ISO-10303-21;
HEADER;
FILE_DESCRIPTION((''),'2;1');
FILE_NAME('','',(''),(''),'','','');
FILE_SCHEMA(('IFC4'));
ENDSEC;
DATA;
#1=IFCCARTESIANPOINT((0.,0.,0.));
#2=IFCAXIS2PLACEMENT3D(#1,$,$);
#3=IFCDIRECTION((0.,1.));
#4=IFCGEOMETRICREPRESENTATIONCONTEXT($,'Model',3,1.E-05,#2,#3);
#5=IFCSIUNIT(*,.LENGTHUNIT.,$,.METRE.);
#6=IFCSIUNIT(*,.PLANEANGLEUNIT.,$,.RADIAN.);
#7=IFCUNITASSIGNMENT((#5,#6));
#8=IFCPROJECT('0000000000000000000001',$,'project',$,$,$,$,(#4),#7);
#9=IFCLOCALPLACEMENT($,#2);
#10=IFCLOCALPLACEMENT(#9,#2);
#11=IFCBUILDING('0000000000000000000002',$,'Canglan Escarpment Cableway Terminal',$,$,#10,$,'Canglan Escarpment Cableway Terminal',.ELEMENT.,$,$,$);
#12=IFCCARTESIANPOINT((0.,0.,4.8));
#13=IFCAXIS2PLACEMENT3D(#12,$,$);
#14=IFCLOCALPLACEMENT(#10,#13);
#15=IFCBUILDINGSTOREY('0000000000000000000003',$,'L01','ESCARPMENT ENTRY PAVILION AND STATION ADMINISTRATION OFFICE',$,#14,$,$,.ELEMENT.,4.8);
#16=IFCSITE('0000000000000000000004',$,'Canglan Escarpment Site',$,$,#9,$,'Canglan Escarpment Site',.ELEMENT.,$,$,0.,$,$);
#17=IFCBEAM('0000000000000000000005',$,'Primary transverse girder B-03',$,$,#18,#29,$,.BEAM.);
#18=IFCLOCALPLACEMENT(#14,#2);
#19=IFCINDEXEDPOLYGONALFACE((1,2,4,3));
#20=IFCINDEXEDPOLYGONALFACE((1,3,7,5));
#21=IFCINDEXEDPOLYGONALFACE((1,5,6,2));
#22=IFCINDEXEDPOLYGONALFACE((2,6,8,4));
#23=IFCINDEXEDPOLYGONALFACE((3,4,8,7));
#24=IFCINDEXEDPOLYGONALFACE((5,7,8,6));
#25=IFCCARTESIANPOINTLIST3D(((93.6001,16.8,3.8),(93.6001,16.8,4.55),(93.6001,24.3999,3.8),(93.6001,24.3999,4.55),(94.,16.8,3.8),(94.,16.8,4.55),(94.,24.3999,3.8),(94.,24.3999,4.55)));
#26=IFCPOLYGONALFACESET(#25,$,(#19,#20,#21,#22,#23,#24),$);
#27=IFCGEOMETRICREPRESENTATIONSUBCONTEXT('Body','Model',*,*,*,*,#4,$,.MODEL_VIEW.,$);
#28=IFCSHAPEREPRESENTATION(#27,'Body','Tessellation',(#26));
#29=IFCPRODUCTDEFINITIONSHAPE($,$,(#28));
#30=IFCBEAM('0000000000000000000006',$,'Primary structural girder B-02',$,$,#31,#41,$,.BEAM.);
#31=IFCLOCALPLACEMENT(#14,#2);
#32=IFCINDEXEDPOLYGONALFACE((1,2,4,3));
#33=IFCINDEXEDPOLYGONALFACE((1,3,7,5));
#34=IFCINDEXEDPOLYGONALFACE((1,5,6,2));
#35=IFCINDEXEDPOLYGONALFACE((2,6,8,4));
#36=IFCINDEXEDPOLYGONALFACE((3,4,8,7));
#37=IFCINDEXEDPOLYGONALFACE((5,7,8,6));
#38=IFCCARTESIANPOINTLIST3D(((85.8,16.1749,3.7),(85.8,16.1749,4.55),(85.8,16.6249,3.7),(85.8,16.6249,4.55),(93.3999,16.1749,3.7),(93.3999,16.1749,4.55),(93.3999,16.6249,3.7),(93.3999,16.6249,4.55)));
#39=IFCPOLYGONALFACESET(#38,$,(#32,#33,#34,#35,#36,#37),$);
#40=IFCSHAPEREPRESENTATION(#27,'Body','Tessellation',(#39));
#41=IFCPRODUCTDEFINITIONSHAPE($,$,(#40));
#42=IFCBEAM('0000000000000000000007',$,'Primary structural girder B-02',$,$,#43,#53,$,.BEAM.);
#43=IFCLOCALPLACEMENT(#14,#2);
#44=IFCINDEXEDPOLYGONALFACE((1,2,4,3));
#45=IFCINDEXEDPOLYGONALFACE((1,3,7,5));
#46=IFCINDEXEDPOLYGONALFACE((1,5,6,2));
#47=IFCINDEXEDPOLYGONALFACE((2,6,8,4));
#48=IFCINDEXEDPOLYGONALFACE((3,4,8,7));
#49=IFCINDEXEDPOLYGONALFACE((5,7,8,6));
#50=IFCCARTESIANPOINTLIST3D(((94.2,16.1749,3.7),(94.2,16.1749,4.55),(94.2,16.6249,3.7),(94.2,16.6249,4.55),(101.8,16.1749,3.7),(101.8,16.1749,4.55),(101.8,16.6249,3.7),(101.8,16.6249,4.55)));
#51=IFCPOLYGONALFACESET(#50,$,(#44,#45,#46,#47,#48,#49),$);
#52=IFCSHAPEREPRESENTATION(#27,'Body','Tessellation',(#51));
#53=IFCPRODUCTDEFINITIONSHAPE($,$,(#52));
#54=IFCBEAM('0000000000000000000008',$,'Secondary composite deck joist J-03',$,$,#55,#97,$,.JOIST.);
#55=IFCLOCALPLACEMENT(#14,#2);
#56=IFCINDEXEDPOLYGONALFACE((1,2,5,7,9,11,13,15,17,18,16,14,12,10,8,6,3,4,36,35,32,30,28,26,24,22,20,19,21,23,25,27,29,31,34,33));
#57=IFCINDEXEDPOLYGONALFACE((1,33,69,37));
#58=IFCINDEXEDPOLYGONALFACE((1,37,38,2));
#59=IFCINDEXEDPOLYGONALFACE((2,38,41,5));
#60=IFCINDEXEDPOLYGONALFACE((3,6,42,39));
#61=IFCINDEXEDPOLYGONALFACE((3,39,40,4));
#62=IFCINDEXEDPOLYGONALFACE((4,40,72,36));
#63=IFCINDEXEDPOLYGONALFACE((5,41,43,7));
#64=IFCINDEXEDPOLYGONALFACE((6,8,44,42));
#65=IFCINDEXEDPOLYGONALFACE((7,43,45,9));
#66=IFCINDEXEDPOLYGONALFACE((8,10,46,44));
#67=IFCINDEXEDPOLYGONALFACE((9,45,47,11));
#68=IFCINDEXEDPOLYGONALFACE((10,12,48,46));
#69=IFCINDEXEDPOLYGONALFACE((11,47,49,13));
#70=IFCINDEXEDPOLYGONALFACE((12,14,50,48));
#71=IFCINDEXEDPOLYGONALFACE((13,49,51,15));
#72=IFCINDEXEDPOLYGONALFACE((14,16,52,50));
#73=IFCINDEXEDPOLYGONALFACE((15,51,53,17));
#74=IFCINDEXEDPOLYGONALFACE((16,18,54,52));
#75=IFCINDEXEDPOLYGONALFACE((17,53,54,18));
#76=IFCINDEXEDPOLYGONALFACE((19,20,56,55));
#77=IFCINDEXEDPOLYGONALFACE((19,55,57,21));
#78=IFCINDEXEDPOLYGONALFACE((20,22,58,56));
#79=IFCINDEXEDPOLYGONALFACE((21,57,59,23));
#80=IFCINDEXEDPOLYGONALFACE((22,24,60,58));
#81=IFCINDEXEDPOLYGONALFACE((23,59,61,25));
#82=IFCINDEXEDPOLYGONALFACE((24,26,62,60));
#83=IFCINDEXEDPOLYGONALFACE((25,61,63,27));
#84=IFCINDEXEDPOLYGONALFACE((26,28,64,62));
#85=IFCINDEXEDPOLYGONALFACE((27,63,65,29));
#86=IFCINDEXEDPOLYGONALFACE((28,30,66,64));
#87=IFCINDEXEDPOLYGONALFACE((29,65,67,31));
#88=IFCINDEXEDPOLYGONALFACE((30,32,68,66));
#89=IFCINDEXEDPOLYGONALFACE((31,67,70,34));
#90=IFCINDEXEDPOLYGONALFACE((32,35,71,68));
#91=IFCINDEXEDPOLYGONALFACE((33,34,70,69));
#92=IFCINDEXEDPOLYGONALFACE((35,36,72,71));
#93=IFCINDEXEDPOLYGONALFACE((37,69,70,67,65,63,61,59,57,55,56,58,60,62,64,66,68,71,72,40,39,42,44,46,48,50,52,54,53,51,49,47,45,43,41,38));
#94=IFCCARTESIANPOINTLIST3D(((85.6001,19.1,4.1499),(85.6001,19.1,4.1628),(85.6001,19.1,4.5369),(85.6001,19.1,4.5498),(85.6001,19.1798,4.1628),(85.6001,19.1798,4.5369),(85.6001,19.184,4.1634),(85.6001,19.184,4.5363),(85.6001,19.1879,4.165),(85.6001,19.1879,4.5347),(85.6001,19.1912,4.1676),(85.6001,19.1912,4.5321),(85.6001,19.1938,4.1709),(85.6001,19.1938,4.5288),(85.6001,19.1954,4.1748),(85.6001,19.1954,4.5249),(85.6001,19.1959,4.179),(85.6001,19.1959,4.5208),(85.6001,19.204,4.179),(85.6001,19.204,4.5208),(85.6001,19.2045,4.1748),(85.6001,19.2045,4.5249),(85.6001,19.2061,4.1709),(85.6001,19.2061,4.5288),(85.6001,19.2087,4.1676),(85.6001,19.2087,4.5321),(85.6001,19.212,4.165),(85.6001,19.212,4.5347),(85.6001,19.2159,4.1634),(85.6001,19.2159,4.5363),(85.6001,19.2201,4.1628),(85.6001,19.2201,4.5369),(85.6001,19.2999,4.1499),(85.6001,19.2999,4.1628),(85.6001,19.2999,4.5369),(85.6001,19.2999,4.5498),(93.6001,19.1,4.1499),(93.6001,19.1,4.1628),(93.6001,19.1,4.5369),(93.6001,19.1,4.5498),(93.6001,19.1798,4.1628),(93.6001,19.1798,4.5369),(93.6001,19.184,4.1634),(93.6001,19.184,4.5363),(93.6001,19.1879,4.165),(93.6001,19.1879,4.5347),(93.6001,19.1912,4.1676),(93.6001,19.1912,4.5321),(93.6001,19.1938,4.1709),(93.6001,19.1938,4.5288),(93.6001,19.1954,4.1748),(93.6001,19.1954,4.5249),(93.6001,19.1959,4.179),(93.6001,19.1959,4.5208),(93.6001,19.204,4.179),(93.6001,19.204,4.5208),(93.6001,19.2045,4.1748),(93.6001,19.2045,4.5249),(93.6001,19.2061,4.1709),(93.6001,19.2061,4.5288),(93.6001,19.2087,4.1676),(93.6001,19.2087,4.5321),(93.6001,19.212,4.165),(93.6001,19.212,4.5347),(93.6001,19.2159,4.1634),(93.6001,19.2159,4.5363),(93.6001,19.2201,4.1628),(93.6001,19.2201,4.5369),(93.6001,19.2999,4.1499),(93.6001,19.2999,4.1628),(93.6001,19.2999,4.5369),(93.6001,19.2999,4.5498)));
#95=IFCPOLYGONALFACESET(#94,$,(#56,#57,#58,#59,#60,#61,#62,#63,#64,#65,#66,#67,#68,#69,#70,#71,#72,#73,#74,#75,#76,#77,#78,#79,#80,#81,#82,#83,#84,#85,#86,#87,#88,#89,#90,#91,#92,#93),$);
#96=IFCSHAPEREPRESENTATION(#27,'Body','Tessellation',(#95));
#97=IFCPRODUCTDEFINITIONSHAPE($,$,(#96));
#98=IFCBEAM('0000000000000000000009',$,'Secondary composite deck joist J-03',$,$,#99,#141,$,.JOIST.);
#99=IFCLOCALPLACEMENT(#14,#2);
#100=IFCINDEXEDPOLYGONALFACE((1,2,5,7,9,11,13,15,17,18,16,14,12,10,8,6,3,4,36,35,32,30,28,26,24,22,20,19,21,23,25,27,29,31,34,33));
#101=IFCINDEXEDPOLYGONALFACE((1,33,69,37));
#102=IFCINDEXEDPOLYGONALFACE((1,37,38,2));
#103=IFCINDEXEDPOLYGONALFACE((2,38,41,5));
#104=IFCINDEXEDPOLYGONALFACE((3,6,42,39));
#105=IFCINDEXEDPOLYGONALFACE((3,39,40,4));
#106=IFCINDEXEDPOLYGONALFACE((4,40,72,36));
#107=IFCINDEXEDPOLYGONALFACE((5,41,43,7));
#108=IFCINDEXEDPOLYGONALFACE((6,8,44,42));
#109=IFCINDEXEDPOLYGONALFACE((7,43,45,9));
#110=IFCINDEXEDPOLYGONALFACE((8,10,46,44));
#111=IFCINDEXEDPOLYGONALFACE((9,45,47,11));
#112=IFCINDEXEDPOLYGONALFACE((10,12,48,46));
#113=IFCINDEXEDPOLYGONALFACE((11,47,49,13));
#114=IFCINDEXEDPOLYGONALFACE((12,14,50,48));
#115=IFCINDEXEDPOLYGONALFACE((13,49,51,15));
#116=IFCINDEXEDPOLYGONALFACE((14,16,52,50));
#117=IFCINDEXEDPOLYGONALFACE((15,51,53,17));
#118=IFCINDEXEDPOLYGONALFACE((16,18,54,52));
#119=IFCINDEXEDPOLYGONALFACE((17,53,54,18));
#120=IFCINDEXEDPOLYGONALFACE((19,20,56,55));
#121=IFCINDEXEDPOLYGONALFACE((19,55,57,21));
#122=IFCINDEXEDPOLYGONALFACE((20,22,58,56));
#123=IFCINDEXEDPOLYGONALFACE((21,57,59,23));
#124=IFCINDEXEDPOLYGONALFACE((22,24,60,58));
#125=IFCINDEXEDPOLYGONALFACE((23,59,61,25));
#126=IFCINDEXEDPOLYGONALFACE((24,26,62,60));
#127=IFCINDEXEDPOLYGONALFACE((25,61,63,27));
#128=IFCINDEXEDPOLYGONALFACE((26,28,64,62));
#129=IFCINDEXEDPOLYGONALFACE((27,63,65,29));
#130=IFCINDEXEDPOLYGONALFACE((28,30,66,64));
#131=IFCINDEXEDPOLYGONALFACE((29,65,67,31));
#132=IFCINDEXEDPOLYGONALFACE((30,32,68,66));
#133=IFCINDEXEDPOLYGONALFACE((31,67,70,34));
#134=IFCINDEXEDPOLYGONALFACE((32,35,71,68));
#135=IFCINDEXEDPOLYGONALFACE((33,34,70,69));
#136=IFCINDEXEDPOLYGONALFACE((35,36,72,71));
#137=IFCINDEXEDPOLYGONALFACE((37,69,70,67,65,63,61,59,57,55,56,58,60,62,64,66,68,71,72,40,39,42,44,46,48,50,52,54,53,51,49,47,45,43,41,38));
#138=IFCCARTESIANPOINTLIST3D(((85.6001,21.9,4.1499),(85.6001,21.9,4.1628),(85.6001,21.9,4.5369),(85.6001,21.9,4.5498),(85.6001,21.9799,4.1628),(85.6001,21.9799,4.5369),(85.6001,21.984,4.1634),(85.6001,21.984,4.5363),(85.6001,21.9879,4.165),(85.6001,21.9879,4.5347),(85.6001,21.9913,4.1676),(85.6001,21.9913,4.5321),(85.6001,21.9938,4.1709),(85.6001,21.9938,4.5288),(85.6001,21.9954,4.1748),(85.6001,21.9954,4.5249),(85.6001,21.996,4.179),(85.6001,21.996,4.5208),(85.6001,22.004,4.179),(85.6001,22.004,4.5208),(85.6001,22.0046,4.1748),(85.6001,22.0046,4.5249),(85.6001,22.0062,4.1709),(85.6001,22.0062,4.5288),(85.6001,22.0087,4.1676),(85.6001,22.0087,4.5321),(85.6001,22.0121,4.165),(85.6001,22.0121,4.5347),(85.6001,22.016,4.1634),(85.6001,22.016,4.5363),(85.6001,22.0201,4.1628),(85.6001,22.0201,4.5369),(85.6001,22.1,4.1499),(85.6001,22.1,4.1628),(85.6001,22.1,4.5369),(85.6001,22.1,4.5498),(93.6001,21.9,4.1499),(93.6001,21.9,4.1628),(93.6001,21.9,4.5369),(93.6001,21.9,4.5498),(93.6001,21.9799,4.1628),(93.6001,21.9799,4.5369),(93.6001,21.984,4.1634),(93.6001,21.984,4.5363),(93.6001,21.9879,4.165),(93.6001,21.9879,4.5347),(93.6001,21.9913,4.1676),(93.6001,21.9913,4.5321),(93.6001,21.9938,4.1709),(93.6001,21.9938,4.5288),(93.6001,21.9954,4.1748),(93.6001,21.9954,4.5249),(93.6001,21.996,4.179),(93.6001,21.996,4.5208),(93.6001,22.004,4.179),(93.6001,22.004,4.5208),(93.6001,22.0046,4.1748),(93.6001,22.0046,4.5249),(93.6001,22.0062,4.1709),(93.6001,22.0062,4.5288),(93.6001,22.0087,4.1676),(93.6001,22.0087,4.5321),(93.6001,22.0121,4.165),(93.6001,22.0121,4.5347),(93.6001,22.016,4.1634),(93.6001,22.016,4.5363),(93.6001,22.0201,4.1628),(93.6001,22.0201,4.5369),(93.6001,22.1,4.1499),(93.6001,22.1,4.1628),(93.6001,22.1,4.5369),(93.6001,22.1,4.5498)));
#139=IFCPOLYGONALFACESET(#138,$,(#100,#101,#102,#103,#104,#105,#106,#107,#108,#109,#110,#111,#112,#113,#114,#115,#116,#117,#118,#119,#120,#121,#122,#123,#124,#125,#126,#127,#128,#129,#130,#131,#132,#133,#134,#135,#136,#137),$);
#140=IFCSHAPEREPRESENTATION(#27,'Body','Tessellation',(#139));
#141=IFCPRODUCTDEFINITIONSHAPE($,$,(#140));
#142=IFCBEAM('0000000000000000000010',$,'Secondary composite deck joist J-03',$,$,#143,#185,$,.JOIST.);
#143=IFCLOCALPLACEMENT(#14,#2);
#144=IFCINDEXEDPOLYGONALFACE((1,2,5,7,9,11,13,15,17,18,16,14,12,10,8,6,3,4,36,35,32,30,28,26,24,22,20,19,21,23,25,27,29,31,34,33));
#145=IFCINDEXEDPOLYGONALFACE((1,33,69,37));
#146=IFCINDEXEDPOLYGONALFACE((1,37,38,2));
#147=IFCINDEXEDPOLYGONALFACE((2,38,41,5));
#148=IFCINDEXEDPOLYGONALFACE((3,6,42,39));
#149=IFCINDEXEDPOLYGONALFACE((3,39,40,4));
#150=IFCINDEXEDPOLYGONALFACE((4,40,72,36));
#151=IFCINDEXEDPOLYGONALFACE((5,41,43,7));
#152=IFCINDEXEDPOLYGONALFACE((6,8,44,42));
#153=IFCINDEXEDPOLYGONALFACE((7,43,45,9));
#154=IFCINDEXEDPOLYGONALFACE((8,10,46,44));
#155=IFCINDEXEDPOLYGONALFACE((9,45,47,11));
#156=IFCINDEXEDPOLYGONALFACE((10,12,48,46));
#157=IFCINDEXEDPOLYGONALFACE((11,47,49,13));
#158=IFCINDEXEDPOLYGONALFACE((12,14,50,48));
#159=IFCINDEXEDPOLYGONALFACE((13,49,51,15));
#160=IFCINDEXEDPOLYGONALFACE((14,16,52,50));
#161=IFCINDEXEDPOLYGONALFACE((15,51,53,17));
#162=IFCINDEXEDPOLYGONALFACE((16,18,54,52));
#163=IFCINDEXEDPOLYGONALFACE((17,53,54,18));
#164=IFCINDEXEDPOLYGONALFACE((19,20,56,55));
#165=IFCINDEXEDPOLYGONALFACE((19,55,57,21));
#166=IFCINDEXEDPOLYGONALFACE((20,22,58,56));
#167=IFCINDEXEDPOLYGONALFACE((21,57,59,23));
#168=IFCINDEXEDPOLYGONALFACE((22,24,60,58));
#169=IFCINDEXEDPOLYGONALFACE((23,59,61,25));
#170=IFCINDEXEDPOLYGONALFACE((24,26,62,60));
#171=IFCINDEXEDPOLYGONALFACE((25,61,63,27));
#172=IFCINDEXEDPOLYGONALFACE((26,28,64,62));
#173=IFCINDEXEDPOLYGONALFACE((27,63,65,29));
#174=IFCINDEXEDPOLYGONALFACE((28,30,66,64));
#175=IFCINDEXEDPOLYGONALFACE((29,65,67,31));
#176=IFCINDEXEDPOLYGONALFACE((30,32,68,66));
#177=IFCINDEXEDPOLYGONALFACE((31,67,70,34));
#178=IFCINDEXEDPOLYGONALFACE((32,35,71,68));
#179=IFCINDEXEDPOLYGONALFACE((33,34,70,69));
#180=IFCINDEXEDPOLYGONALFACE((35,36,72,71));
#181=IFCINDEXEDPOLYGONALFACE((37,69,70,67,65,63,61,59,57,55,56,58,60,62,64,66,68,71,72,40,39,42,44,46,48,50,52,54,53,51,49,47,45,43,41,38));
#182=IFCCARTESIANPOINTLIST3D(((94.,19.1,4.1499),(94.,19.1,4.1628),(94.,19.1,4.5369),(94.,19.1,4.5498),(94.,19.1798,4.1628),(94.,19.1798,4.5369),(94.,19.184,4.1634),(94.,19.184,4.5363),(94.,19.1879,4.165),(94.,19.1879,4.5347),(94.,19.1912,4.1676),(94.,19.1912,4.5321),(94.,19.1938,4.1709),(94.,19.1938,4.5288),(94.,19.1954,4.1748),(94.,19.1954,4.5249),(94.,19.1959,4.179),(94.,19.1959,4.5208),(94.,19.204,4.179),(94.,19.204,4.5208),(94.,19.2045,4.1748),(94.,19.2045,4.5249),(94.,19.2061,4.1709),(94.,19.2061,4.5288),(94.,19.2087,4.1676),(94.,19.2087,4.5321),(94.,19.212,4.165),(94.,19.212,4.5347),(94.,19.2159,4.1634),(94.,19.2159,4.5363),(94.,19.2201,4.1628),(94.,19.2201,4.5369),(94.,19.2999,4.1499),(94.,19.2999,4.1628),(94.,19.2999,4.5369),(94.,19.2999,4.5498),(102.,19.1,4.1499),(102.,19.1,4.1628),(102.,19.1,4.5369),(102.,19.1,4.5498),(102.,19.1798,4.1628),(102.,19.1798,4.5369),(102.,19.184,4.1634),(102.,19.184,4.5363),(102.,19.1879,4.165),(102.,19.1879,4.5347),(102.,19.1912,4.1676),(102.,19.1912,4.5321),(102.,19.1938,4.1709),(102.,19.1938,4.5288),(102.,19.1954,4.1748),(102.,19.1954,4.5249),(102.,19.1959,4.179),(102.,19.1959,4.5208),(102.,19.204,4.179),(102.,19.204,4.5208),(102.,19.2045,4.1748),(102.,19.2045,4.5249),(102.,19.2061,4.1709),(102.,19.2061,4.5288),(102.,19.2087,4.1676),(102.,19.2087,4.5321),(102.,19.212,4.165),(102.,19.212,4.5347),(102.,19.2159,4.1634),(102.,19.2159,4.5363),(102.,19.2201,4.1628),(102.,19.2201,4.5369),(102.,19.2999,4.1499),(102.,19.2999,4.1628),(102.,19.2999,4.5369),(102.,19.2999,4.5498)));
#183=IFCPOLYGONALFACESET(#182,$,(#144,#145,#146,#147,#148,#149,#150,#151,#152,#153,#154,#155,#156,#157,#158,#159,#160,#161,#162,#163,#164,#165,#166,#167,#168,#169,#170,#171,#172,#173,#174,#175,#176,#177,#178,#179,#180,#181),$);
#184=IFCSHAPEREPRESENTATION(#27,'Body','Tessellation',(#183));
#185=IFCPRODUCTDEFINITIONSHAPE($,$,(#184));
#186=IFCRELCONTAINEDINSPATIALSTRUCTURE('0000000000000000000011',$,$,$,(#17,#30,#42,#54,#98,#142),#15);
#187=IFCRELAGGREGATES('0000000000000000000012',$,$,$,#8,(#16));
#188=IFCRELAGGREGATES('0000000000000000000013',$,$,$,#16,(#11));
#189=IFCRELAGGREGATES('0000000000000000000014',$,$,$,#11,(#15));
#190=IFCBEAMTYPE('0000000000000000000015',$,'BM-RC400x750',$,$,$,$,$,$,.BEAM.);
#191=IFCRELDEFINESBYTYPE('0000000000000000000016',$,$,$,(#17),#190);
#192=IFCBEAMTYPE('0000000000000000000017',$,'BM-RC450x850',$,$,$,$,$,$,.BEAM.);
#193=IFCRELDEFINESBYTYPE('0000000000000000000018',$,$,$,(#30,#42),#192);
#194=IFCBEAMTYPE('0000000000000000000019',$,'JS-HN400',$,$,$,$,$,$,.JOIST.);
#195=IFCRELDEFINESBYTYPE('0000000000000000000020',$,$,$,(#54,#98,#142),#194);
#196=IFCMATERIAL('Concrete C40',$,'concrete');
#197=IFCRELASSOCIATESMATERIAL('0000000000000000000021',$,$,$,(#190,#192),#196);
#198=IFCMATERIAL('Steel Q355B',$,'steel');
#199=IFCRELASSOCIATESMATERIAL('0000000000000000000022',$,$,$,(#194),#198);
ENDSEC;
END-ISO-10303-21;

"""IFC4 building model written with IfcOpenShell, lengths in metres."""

from ifc_helpers import new_model, si_unit, direction, frame, origin, origin_2d, place, context, subcontext, project, spatial, rectangle, i_section, extrude, material, material_profile, profile_set, type_object, element, save


model = new_model("IFC4")

# Units and contexts
model_context = context("Model", 3, precision=1e-05, world=origin(), true_north=direction((0.0, 1.0)))
body_context = subcontext(model_context, "Body", "Model", "MODEL_VIEW")
ifc_project = project(units=[si_unit("LENGTHUNIT", "METRE"), si_unit("PLANEANGLEUNIT", "RADIAN")], contexts=[model_context])

# Site, building, storey
site_placement = place(None, origin())
site = spatial("IfcSite", under=ifc_project, at=site_placement, Name="Canglan Escarpment Site", LongName="Canglan Escarpment Site", CompositionType="ELEMENT", RefElevation=0.0)
building_placement = place(site_placement, origin())
building = spatial("IfcBuilding", under=site, at=building_placement, Name="Canglan Escarpment Cableway Terminal", LongName="Canglan Escarpment Cableway Terminal", CompositionType="ELEMENT")
storey_placement = place(building_placement, frame((0.0, 0.0, 4.8)))
storey = spatial("IfcBuildingStorey", under=building, at=storey_placement, Name="L01", Description="ESCARPMENT ENTRY PAVILION AND STATION ADMINISTRATION OFFICE", CompositionType="ELEMENT", Elevation=4.8)

# Shared definitions
ifc_material_1 = material(Name="Concrete C40", Category="concrete")

# Beams
ifc_material_profile_1 = material_profile(ifc_material_1, rectangle(XDim=0.3999, YDim=0.75, at=origin_2d()), Name="RC 400x750")
ifc_profile_set_1 = profile_set([ifc_material_profile_1], Name="Concrete C40")
beam_type_1 = type_object("IfcBeamType", Name="BM-RC400x750", PredefinedType="BEAM", material=ifc_profile_set_1)
beam_1_placement = place(storey_placement, frame((93.8, 16.8, 4.175), z_axis=(0.0, 1.0, 0.0), x_axis=(-1.0, 0.0, 0.0)))
element("IfcBeam", 1, at=beam_1_placement, inside=storey, type_object=beam_type_1, Name="Primary transverse girder B-03", PredefinedType="BEAM", context=body_context, shape_type="SweptSolid", body=[
    extrude(rectangle(XDim=0.3999, YDim=0.75, at=origin_2d()), origin(), (0.0, 0.0, 1.0), 7.5999),
])
ifc_material_profile_2 = material_profile(ifc_material_1, rectangle(XDim=0.45, YDim=0.8501, at=origin_2d()), Name="RC 450x850")
ifc_profile_set_2 = profile_set([ifc_material_profile_2], Name="Concrete C40")
beam_type_2 = type_object("IfcBeamType", Name="BM-RC450x850", PredefinedType="BEAM", material=ifc_profile_set_2)
beam_2_placement = place(storey_placement, frame((85.8, 16.3999, 4.125), z_axis=(1.0, 0.0, 0.0), x_axis=(0.0, 1.0, 0.0)))
element("IfcBeam", 2, at=beam_2_placement, inside=storey, type_object=beam_type_2, Name="Primary structural girder B-02", PredefinedType="BEAM", context=body_context, shape_type="SweptSolid", body=[
    extrude(rectangle(XDim=0.45, YDim=0.8501, at=origin_2d()), origin(), (0.0, 0.0, 1.0), 7.5999),
])
beam_3_placement = place(storey_placement, frame((94.2, 16.3999, 4.125), z_axis=(1.0, 0.0, 0.0), x_axis=(0.0, 1.0, 0.0)))
element("IfcBeam", 3, at=beam_3_placement, inside=storey, type_object=beam_type_2, Name="Primary structural girder B-02", PredefinedType="BEAM", context=body_context, shape_type="SweptSolid", body=[
    extrude(rectangle(XDim=0.45, YDim=0.8501, at=origin_2d()), origin(), (0.0, 0.0, 1.0), 7.6001),
])
ifc_material_2 = material(Name="Steel Q355B", Category="steel")
ifc_material_profile_3 = material_profile(ifc_material_2, i_section(OverallWidth=0.2, OverallDepth=0.3999, WebThickness=0.0081, FlangeThickness=0.0129, FilletRadius=0.0161, at=origin_2d()), Name="HN 400x200x8x13")
ifc_profile_set_3 = profile_set([ifc_material_profile_3], Name="Steel Q355B")
beam_type_3 = type_object("IfcBeamType", Name="JS-HN400", PredefinedType="JOIST", material=ifc_profile_set_3)
for number, where, z_axis, x_axis, name in (
    (4, (85.6001, 19.2, 4.3499), (1.0, 0.0, 0.0), (0.0, 1.0, 0.0), "Secondary composite deck joist J-03"),
    (5, (85.6001, 22.0, 4.3499), (1.0, 0.0, 0.0), (0.0, 1.0, 0.0), "Secondary composite deck joist J-03"),
    (6, (94.0, 19.2, 4.3499), (1.0, 0.0, 0.0), (0.0, 1.0, 0.0), "Secondary composite deck joist J-03"),
):
    element("IfcBeam", number, at=place(storey_placement, frame(where, z_axis=z_axis, x_axis=x_axis)), inside=storey, type_object=beam_type_3, Name=name, PredefinedType="JOIST", context=body_context, shape_type="SweptSolid", body=[
        extrude(i_section(OverallWidth=0.2, OverallDepth=0.3999, WebThickness=0.0081, FlangeThickness=0.0129, FilletRadius=0.0161, at=origin_2d()), origin(), (0.0, 0.0, 1.0), 8.0),
    ])

save(model, "model.ifc")
